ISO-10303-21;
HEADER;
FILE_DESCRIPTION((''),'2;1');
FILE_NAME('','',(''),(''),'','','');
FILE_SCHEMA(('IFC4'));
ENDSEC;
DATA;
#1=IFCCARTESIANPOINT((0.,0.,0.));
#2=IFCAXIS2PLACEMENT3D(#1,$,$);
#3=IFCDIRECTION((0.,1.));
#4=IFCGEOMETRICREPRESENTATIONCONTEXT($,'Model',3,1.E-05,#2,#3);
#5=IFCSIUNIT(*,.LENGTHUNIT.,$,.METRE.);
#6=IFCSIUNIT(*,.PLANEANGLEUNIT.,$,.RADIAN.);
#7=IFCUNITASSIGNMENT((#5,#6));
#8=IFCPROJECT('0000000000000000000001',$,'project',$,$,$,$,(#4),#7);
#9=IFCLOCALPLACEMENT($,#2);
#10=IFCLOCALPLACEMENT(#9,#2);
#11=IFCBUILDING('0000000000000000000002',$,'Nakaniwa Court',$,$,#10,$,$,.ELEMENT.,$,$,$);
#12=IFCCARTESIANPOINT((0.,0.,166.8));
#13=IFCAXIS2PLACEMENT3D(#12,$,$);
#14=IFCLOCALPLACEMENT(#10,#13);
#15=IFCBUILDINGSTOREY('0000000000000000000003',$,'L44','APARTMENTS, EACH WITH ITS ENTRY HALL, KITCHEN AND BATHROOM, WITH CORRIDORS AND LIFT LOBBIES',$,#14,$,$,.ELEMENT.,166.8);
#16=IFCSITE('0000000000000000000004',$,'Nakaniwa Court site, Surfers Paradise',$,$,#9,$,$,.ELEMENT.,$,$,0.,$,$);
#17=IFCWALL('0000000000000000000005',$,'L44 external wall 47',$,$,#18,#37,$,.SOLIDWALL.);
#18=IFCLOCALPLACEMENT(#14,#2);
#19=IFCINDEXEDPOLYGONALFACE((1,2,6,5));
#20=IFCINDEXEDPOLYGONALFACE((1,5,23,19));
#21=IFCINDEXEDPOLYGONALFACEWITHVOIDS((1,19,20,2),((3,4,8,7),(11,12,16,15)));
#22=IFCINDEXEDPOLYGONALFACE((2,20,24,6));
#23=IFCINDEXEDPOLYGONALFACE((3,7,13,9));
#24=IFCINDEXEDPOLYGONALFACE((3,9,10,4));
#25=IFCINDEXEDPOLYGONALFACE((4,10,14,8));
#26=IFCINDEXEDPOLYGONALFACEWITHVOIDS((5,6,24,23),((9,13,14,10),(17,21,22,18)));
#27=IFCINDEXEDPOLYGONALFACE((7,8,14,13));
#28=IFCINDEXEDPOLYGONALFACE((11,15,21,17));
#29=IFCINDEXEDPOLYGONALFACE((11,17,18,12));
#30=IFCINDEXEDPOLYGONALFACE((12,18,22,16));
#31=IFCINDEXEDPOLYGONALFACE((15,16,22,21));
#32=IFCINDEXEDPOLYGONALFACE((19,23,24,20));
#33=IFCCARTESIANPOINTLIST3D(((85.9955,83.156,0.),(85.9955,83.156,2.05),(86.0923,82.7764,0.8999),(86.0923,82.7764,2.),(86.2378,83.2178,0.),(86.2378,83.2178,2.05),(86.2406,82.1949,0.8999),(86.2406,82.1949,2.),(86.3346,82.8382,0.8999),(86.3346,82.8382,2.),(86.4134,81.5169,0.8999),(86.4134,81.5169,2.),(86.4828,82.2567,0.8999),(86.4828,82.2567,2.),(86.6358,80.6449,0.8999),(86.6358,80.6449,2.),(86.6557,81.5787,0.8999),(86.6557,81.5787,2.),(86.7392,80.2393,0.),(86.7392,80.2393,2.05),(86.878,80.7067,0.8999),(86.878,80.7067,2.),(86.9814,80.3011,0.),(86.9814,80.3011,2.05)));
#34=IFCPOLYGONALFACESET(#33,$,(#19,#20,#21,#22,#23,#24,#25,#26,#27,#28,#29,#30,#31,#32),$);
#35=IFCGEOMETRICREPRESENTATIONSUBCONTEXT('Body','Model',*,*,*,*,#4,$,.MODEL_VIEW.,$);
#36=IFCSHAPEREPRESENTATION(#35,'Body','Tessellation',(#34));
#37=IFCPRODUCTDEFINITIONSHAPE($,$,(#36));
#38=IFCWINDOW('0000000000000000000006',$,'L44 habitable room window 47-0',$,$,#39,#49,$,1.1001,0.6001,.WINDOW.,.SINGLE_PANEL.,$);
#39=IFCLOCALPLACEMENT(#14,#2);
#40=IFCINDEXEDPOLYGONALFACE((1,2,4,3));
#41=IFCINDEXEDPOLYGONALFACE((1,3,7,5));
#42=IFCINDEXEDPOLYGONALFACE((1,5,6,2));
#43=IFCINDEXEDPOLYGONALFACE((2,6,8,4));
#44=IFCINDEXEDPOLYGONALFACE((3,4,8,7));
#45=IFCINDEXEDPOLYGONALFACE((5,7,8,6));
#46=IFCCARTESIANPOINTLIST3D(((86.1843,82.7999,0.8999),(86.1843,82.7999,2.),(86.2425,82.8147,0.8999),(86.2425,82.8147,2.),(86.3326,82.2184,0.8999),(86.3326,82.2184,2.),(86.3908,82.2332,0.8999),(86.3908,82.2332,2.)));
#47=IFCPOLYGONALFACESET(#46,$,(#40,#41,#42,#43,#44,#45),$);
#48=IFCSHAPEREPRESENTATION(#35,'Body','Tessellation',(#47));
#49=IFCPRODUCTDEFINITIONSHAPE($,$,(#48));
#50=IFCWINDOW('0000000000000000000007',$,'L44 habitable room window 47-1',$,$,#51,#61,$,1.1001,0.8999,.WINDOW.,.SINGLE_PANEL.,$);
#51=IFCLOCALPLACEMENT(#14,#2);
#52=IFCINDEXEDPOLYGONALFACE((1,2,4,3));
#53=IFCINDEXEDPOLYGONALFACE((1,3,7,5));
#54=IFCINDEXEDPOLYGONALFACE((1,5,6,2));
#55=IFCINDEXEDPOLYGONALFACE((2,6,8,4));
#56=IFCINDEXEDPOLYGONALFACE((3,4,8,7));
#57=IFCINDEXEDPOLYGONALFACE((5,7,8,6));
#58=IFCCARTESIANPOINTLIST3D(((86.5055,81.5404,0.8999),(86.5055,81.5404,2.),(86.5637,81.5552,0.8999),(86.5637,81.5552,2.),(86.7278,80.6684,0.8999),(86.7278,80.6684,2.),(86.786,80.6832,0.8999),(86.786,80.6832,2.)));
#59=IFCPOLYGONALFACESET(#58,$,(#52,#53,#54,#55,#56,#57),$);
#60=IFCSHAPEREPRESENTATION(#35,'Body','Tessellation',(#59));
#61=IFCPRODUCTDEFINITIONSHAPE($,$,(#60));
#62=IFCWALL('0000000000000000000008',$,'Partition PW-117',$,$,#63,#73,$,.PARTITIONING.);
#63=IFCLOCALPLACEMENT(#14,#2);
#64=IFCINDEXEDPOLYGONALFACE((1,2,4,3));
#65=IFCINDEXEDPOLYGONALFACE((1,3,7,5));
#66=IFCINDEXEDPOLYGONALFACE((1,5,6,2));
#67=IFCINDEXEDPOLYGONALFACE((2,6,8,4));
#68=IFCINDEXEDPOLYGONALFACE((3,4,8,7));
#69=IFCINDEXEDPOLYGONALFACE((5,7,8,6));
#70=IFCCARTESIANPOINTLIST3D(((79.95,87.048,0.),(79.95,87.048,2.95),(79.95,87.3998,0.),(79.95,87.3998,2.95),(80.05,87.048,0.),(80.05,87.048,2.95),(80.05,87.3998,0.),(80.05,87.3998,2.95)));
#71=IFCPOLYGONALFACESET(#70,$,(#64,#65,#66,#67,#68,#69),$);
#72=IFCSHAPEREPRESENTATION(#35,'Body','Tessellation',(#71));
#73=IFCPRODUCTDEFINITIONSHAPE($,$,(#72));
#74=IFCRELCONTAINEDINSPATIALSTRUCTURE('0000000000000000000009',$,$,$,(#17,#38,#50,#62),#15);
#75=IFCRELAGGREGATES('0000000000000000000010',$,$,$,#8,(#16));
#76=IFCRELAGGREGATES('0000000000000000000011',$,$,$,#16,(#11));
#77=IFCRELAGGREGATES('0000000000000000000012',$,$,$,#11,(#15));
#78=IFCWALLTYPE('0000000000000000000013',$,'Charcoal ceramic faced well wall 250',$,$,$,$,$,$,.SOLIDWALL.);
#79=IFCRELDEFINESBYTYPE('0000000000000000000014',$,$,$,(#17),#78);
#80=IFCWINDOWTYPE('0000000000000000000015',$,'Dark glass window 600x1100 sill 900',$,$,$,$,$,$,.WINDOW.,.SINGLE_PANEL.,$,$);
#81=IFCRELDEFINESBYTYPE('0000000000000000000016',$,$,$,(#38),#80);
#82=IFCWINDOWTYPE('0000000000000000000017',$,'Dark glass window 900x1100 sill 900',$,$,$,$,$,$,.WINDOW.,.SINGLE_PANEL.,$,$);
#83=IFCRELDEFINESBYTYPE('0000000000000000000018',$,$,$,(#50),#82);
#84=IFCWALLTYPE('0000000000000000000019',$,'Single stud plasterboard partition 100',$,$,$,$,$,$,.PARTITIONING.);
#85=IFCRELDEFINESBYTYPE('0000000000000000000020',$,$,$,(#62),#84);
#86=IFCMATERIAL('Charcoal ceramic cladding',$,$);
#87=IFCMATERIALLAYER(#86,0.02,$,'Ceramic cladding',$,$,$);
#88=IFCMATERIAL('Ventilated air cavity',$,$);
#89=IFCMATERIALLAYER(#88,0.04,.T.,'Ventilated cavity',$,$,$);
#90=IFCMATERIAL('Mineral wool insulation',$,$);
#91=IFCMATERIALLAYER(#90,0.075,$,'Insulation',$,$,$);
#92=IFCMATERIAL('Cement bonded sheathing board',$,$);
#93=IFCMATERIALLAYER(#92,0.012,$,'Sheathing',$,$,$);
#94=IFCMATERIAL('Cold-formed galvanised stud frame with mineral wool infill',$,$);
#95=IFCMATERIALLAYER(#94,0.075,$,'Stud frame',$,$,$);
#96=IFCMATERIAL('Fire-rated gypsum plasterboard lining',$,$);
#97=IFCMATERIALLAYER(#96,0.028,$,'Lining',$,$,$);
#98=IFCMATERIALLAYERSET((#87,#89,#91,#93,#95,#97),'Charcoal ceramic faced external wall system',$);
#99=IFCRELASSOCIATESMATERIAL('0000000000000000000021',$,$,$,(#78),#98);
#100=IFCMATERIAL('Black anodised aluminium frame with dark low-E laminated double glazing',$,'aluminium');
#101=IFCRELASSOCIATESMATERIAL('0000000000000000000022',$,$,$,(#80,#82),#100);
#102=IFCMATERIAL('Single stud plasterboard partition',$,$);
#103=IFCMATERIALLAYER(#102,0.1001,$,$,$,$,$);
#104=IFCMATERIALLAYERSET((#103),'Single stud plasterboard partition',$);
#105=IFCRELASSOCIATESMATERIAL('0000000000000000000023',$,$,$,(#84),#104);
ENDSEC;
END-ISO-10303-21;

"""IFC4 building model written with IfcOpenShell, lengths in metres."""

from ifc_helpers import new_model, si_unit, direction, frame, frame_2d, origin, place, context, subcontext, project, spatial, rectangle, extrude, material, layer, layer_set, type_object, element, fill, save


model = new_model("IFC4")

# Units and contexts
model_context = context("Model", 3, precision=1e-05, world=origin(), true_north=direction((0.0, 1.0)))
body_context = subcontext(model_context, "Body", "Model", "MODEL_VIEW")
ifc_project = project(units=[si_unit("LENGTHUNIT", "METRE"), si_unit("PLANEANGLEUNIT", "RADIAN")], contexts=[model_context])

# Site, building, storey
site_placement = place(None, origin())
site = spatial("IfcSite", under=ifc_project, at=site_placement, Name="Nakaniwa Court site, Surfers Paradise", CompositionType="ELEMENT", RefElevation=0.0)
building_placement = place(site_placement, origin())
building = spatial("IfcBuilding", under=site, at=building_placement, Name="Nakaniwa Court", CompositionType="ELEMENT")
storey_placement = place(building_placement, frame((0.0, 0.0, 166.8)))
storey = spatial("IfcBuildingStorey", under=building, at=storey_placement, Name="L44", Description="APARTMENTS, EACH WITH ITS ENTRY HALL, KITCHEN AND BATHROOM, WITH CORRIDORS AND LIFT LOBBIES", CompositionType="ELEMENT", Elevation=166.8)

# Shared definitions
ifc_material_1 = material(Name="Charcoal ceramic cladding")
ifc_layer_1 = layer(ifc_material_1, 0.02, Name="Ceramic cladding")
ifc_material_2 = material(Name="Ventilated air cavity")
ifc_layer_2 = layer(ifc_material_2, 0.04, ventilated=True, Name="Ventilated cavity")
ifc_material_3 = material(Name="Mineral wool insulation")
ifc_layer_3 = layer(ifc_material_3, 0.075, Name="Insulation")
ifc_material_4 = material(Name="Cement bonded sheathing board")
ifc_layer_4 = layer(ifc_material_4, 0.012, Name="Sheathing")
ifc_material_5 = material(Name="Cold-formed galvanised stud frame with mineral wool infill")
ifc_layer_5 = layer(ifc_material_5, 0.075, Name="Stud frame")
ifc_material_6 = material(Name="Fire-rated gypsum plasterboard lining")
ifc_layer_6 = layer(ifc_material_6, 0.028, Name="Lining")
ifc_layer_set_1 = layer_set([ifc_layer_1, ifc_layer_2, ifc_layer_3, ifc_layer_4, ifc_layer_5, ifc_layer_6], Name="Charcoal ceramic faced external wall system")
wall_type_1 = type_object("IfcWallType", Name="Charcoal ceramic faced well wall 250", PredefinedType="SOLIDWALL", material=ifc_layer_set_1)
ifc_material_7 = material(Name="Black anodised aluminium frame with dark low-E laminated double glazing", Category="aluminium")

# Wall, openings, windows
wall_1_placement = place(storey_placement, frame((86.1167, 83.1868, 0.0), z_axis=(0.0, 0.0, 1.0), x_axis=(0.247056, -0.969001, 0.0)))
wall_1 = element("IfcWall", 1, at=wall_1_placement, inside=storey, type_object=wall_type_1, Name="L44 external wall 47", PredefinedType="SOLIDWALL", context=body_context, shape_type="SweptSolid", body=[
    extrude(rectangle(XDim=3.01, YDim=0.25, at=frame_2d((1.5049, 0.0))), origin(), (0.0, 0.0, 1.0), 2.05),
])
opening_1_placement = place(wall_1_placement, frame((0.3916, 0.0, 0.8999)))
opening_1 = element("IfcOpeningElement", 2, at=opening_1_placement, cuts=wall_1, PredefinedType="OPENING", context=body_context, shape_type="SweptSolid", body=[
    extrude(rectangle(XDim=0.6001, YDim=1.1001, at=frame_2d((0.3, 0.55))), frame((0.0, 0.135, 0.0), z_axis=(0.0, -1.0, 0.0), x_axis=(1.0, 0.0, 0.0)), (0.0, 0.0, 1.0), 0.27),
])
opening_2_placement = place(wall_1_placement, frame((1.6914, 0.0, 0.8999)))
opening_2 = element("IfcOpeningElement", 3, at=opening_2_placement, cuts=wall_1, PredefinedType="OPENING", context=body_context, shape_type="SweptSolid", body=[
    extrude(rectangle(XDim=0.8999, YDim=1.1001, at=frame_2d((0.45, 0.55))), frame((0.0, 0.135, 0.0), z_axis=(0.0, -1.0, 0.0), x_axis=(1.0, 0.0, 0.0)), (0.0, 0.0, 1.0), 0.27),
])
window_type_1 = type_object("IfcWindowType", Name="Dark glass window 600x1100 sill 900", PartitioningType="SINGLE_PANEL", PredefinedType="WINDOW", material=ifc_material_7)
window_1_placement = place(opening_1_placement, origin())
window_1 = element("IfcWindow", 4, at=window_1_placement, inside=storey, type_object=window_type_1, Name="L44 habitable room window 47-0", OverallHeight=1.1001, OverallWidth=0.6001, PartitioningType="SINGLE_PANEL", PredefinedType="WINDOW", context=body_context, shape_type="SweptSolid", body=[
    extrude(rectangle(XDim=0.6001, YDim=1.1001, at=frame_2d((0.3, 0.55))), frame((0.0, 0.03, 0.0), z_axis=(0.0, -1.0, 0.0), x_axis=(1.0, 0.0, 0.0)), (0.0, 0.0, 1.0), 0.0601),
])
fill(opening_1, window_1)
window_type_2 = type_object("IfcWindowType", Name="Dark glass window 900x1100 sill 900", PartitioningType="SINGLE_PANEL", PredefinedType="WINDOW", material=ifc_material_7)
window_2_placement = place(opening_2_placement, origin())
window_2 = element("IfcWindow", 5, at=window_2_placement, inside=storey, type_object=window_type_2, Name="L44 habitable room window 47-1", OverallHeight=1.1001, OverallWidth=0.8999, PartitioningType="SINGLE_PANEL", PredefinedType="WINDOW", context=body_context, shape_type="SweptSolid", body=[
    extrude(rectangle(XDim=0.8999, YDim=1.1001, at=frame_2d((0.45, 0.55))), frame((0.0, 0.03, 0.0), z_axis=(0.0, -1.0, 0.0), x_axis=(1.0, 0.0, 0.0)), (0.0, 0.0, 1.0), 0.0601),
])
fill(opening_2, window_2)

# Wall
ifc_material_8 = material(Name="Single stud plasterboard partition")
ifc_layer_7 = layer(ifc_material_8, 0.1001)
ifc_layer_set_2 = layer_set([ifc_layer_7], Name="Single stud plasterboard partition")
wall_type_2 = type_object("IfcWallType", Name="Single stud plasterboard partition 100", PredefinedType="PARTITIONING", material=ifc_layer_set_2)
wall_2_placement = place(storey_placement, frame((80.0, 87.0481, 0.0), z_axis=(0.0, 0.0, 1.0), x_axis=(0.0, 1.0, 0.0)))
element("IfcWall", 6, at=wall_2_placement, inside=storey, type_object=wall_type_2, Name="Partition PW-117", PredefinedType="PARTITIONING", context=body_context, shape_type="SweptSolid", body=[
    extrude(rectangle(XDim=0.3518, YDim=0.1001, at=frame_2d((0.1758, 0.0))), origin(), (0.0, 0.0, 1.0), 2.95),
])

save(model, "model.ifc")
